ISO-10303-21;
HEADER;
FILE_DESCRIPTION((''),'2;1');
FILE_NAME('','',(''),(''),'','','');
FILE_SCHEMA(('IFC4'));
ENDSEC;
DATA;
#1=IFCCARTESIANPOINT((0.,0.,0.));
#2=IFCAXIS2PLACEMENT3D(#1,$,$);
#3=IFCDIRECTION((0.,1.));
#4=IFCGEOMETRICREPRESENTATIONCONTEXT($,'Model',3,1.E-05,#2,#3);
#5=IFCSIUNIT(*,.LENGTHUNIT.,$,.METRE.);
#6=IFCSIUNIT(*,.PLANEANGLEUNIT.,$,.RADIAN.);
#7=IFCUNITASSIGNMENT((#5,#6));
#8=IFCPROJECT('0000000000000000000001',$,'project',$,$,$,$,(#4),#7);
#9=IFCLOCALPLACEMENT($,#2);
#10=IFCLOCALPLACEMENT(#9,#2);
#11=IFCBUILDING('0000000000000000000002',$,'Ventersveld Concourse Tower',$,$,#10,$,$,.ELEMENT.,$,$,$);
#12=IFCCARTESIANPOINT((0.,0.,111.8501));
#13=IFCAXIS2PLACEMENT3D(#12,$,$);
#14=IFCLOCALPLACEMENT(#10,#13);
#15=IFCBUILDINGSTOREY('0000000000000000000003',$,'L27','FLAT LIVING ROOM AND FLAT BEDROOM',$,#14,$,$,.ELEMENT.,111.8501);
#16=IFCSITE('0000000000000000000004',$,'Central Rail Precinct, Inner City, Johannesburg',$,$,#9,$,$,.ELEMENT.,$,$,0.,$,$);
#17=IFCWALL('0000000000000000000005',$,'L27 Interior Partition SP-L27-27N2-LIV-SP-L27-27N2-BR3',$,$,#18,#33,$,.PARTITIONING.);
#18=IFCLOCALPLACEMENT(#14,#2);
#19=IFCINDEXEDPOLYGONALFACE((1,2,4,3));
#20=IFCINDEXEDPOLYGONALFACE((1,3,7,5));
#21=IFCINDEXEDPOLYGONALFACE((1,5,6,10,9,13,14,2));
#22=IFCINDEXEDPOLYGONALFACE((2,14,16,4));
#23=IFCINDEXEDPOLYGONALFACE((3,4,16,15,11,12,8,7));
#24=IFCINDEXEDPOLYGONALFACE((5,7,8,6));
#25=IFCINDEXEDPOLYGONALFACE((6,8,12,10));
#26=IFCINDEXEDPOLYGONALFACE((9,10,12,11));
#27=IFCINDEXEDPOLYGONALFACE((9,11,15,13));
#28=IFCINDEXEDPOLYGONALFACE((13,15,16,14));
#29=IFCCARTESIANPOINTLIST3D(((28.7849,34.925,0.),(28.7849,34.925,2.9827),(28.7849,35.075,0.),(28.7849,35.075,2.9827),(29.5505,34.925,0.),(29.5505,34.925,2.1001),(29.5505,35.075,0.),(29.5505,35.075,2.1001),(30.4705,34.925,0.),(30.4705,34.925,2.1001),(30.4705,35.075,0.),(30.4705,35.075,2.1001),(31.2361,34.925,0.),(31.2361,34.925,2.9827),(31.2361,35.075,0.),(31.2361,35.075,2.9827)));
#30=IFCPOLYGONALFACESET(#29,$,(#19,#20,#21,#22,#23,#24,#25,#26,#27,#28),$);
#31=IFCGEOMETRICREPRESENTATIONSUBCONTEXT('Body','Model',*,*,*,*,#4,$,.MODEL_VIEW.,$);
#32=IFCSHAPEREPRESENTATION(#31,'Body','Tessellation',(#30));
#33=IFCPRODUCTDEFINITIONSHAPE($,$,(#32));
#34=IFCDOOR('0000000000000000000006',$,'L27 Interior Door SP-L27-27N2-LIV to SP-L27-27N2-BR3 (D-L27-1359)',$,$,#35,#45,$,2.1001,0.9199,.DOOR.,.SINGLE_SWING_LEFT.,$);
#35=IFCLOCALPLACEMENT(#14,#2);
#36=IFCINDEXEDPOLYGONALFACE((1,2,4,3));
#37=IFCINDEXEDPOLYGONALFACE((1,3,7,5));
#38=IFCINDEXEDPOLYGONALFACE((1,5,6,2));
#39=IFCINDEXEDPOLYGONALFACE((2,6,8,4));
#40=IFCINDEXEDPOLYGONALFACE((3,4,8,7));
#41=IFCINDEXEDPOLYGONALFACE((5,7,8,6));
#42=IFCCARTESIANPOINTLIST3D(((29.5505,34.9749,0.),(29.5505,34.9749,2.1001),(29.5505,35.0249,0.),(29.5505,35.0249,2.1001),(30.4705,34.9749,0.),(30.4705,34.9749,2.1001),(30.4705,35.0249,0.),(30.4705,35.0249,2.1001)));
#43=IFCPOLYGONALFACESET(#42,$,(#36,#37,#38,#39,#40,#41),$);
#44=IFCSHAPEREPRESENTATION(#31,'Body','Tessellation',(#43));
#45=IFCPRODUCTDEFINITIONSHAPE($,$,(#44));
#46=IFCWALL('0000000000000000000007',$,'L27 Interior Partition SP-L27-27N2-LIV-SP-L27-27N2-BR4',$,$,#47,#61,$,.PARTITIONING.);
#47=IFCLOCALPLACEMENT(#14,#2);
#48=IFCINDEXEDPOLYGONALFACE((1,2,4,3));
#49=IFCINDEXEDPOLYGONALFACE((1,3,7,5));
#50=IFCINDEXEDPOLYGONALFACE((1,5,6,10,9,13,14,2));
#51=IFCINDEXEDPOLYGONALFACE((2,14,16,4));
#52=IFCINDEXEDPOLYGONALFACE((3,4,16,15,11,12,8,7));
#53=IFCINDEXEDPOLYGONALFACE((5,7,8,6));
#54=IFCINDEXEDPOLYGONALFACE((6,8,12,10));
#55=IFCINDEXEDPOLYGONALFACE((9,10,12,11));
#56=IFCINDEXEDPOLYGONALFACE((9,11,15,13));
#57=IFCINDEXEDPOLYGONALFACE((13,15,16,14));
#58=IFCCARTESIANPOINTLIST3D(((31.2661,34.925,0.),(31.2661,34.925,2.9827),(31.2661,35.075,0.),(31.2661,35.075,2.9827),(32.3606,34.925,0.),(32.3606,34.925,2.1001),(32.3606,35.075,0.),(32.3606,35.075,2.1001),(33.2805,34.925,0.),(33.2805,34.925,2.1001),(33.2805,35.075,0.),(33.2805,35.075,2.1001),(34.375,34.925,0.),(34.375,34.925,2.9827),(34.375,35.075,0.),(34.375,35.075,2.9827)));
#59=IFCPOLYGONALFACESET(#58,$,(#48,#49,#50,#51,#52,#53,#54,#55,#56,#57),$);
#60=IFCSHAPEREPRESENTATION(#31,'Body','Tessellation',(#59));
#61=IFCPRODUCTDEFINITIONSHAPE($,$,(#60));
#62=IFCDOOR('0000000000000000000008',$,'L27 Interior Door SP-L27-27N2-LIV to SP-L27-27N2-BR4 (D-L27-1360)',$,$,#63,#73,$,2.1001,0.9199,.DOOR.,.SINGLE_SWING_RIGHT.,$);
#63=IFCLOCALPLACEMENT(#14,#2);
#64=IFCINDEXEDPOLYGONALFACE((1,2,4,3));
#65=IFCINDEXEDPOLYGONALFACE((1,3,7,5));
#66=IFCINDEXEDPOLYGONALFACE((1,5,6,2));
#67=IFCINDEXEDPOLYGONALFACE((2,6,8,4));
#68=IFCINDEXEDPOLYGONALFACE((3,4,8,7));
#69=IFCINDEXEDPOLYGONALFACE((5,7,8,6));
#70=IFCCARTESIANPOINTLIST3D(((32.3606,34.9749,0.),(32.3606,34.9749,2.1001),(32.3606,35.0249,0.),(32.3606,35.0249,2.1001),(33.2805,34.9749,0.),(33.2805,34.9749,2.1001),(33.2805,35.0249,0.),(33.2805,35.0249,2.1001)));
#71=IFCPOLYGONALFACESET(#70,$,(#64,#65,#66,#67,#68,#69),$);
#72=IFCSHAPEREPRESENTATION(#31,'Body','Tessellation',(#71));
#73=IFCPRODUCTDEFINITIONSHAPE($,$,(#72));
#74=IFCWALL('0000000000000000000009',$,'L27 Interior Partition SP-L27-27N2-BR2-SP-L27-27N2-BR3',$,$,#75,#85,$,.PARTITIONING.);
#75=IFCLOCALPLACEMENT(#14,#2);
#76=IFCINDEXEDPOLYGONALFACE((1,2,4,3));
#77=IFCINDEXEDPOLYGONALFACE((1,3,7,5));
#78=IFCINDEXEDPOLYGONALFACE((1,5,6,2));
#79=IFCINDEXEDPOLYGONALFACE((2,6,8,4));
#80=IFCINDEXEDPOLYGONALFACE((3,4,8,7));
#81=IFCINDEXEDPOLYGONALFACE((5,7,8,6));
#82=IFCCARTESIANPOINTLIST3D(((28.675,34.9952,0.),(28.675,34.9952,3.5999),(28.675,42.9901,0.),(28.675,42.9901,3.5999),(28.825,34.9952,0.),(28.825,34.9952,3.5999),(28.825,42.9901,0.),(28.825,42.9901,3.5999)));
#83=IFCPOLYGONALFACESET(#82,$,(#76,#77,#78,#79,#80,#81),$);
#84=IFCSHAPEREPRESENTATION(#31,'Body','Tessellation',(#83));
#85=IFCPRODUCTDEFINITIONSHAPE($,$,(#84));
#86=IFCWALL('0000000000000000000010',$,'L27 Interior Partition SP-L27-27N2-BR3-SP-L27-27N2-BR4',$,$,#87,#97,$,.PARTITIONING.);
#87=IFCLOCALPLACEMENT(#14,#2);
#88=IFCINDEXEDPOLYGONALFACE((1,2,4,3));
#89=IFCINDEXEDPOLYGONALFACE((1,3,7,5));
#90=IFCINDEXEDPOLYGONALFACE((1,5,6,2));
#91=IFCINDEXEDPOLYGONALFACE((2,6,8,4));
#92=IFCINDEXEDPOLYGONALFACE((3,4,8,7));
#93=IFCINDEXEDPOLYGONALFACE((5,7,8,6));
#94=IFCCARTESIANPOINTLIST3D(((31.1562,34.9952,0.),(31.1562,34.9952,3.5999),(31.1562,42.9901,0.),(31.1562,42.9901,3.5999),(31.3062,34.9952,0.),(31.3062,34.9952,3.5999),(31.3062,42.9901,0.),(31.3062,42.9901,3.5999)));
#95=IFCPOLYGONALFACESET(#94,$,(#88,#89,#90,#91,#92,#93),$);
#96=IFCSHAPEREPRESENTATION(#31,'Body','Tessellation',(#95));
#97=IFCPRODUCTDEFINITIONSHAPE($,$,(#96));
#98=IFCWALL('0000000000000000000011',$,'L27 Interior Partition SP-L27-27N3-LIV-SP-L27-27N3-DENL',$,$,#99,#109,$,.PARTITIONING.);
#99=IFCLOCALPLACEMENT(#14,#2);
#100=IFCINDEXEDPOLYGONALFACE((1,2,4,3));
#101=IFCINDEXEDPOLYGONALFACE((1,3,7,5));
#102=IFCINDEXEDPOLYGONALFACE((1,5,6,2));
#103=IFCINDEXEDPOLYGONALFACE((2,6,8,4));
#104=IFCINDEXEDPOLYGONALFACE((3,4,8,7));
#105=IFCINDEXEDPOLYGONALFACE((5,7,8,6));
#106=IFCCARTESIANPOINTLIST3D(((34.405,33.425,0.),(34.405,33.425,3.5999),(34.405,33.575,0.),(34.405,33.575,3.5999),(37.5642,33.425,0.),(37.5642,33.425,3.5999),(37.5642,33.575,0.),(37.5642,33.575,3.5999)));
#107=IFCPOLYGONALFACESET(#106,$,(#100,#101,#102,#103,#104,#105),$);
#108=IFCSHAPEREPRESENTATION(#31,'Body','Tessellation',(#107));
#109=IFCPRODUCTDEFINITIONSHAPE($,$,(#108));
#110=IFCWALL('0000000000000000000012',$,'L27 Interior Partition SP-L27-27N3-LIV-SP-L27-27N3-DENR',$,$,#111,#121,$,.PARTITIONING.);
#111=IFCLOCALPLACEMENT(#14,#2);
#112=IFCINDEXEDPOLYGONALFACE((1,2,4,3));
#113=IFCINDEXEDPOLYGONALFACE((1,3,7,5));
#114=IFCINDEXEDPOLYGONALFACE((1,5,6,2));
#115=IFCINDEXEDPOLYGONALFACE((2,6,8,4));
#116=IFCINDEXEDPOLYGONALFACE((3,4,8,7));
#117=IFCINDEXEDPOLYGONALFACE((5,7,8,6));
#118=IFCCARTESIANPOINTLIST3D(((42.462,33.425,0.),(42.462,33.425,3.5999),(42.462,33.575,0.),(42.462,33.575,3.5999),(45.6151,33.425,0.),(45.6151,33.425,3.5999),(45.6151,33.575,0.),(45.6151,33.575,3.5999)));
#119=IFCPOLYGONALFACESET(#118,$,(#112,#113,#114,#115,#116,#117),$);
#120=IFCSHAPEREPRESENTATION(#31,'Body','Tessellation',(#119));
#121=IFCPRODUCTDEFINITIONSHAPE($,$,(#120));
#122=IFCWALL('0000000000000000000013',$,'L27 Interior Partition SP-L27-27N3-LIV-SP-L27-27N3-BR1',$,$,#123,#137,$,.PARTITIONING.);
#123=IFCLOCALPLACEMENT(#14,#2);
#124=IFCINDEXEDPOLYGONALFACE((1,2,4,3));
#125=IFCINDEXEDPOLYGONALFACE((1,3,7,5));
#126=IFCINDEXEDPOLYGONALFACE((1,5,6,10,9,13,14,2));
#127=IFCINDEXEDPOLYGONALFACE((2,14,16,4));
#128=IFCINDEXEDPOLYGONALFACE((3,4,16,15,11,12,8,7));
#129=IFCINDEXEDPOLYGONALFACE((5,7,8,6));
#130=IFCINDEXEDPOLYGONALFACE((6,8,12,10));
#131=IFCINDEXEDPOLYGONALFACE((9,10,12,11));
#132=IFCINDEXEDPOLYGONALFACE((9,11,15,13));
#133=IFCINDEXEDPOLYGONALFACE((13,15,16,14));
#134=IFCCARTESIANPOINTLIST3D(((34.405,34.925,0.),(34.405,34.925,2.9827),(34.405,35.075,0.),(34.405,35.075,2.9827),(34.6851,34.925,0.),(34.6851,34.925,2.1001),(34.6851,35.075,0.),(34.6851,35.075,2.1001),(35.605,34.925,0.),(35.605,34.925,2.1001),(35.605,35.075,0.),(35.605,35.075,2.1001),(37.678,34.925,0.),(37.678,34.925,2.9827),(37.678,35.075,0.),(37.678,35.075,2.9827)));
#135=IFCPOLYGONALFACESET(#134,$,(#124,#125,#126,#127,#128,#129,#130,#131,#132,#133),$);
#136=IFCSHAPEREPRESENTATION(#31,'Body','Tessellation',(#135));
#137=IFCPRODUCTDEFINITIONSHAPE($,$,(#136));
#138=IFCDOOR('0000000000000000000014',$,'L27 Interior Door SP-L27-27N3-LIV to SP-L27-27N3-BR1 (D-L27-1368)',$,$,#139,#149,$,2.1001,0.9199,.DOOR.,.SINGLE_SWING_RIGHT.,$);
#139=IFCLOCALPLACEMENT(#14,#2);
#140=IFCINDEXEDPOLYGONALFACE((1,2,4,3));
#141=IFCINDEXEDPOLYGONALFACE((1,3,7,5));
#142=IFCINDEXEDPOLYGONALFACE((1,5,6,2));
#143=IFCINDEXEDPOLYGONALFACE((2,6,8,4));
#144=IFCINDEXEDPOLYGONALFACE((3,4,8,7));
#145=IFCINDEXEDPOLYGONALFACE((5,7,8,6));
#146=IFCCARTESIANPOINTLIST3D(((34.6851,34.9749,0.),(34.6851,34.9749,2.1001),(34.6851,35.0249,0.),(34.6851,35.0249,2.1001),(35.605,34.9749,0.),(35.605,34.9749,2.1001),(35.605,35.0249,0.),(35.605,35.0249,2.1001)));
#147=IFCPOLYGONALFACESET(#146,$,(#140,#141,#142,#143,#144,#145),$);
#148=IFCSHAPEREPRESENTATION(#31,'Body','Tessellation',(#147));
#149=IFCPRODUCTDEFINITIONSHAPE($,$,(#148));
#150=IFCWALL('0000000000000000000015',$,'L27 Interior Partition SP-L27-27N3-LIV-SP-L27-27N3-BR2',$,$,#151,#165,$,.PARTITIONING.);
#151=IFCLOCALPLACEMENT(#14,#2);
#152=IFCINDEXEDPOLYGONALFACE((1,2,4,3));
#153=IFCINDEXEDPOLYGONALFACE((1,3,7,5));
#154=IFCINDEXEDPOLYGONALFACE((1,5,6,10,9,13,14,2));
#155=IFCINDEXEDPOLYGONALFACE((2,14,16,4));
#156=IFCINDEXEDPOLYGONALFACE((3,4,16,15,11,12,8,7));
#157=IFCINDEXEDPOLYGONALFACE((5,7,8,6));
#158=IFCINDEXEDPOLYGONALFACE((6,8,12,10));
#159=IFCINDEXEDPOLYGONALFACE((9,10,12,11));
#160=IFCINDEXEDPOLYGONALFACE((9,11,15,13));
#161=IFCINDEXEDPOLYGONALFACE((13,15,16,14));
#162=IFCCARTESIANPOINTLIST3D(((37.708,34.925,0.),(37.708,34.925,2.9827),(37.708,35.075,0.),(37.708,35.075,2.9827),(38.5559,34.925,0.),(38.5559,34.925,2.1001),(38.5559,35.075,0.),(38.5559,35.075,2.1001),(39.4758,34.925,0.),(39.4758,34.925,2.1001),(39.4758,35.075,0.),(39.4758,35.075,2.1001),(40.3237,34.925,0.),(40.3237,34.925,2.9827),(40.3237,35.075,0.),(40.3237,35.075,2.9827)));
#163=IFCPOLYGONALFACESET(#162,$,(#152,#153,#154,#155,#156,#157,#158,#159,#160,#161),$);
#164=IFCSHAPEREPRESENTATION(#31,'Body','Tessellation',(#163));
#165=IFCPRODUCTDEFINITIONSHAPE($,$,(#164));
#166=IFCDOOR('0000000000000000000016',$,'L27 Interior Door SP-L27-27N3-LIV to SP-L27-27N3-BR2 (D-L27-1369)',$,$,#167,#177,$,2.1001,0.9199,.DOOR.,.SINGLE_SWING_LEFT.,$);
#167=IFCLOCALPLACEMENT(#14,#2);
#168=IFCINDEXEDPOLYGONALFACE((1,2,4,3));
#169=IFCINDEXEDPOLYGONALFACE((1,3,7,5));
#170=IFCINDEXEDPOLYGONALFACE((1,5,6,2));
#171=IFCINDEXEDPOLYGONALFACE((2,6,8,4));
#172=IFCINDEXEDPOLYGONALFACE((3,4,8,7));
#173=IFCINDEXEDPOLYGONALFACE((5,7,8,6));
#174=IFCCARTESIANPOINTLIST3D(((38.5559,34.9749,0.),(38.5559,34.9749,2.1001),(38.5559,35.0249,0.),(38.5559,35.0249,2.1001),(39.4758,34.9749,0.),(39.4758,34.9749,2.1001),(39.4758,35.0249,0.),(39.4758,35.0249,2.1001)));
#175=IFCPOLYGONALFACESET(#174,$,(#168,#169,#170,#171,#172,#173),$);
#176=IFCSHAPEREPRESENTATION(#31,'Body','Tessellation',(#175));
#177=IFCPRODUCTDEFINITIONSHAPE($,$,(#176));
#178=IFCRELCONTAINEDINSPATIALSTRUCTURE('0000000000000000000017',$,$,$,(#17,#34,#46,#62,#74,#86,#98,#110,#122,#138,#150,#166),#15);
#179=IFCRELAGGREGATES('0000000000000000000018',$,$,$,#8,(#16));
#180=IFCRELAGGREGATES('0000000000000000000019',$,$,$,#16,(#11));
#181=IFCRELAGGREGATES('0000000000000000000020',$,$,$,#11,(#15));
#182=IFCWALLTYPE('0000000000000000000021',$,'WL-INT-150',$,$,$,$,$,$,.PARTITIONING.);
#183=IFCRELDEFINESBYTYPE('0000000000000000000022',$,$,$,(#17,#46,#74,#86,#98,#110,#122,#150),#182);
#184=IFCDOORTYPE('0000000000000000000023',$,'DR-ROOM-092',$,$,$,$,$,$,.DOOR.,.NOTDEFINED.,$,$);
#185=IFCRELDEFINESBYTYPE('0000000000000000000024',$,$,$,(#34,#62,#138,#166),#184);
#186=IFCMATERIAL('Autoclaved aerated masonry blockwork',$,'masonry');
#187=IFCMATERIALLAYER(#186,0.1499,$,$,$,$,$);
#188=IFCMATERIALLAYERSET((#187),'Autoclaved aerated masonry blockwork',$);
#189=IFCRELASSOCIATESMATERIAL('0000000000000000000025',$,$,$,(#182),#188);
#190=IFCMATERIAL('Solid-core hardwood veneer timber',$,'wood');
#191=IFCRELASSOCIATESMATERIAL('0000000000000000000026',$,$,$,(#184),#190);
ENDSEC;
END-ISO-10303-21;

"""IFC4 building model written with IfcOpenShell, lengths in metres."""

from ifc_helpers import new_model, si_unit, direction, frame, frame_2d, origin, place, context, subcontext, project, spatial, rectangle, extrude, material, layer, layer_set, type_object, element, fill, save


model = new_model("IFC4")

# Units and contexts
model_context = context("Model", 3, precision=1e-05, world=origin(), true_north=direction((0.0, 1.0)))
body_context = subcontext(model_context, "Body", "Model", "MODEL_VIEW")
ifc_project = project(units=[si_unit("LENGTHUNIT", "METRE"), si_unit("PLANEANGLEUNIT", "RADIAN")], contexts=[model_context])

# Site, building, storey
site_placement = place(None, origin())
site = spatial("IfcSite", under=ifc_project, at=site_placement, Name="Central Rail Precinct, Inner City, Johannesburg", CompositionType="ELEMENT", RefElevation=0.0)
building_placement = place(site_placement, origin())
building = spatial("IfcBuilding", under=site, at=building_placement, Name="Ventersveld Concourse Tower", CompositionType="ELEMENT")
storey_placement = place(building_placement, frame((0.0, 0.0, 111.8501)))
storey = spatial("IfcBuildingStorey", under=building, at=storey_placement, Name="L27", Description="FLAT LIVING ROOM AND FLAT BEDROOM", CompositionType="ELEMENT", Elevation=111.8501)

# Shared definitions
ifc_material_1 = material(Name="Autoclaved aerated masonry blockwork", Category="masonry")
ifc_layer_1 = layer(ifc_material_1, 0.1499)
ifc_layer_set_1 = layer_set([ifc_layer_1], Name="Autoclaved aerated masonry blockwork")
wall_type_1 = type_object("IfcWallType", Name="WL-INT-150", PredefinedType="PARTITIONING", material=ifc_layer_set_1)

# Walls, openings, doors
wall_1_placement = place(storey_placement, frame((28.7849, 35.0, 0.0), z_axis=(0.0, 0.0, 1.0), x_axis=(1.0, 0.0, 0.0)))
wall_1 = element("IfcWall", 1, at=wall_1_placement, inside=storey, type_object=wall_type_1, Name="L27 Interior Partition SP-L27-27N2-LIV-SP-L27-27N2-BR3", PredefinedType="PARTITIONING", context=body_context, shape_type="SweptSolid", body=[
    extrude(rectangle(XDim=2.4512, YDim=0.1499, at=frame_2d((1.2256, 0.0))), origin(), (0.0, 0.0, 1.0), 2.9827),
])
opening_1_placement = place(wall_1_placement, frame((0.7656, 0.0, 0.0)))
opening_1 = element("IfcOpeningElement", 2, at=opening_1_placement, cuts=wall_1, PredefinedType="OPENING", context=body_context, shape_type="SweptSolid", body=[
    extrude(rectangle(XDim=0.9199, YDim=2.1001, at=frame_2d((0.46, 1.05))), frame((0.0, 0.085, 0.0), z_axis=(0.0, -1.0, 0.0), x_axis=(1.0, 0.0, 0.0)), (0.0, 0.0, 1.0), 0.1699),
])
ifc_material_2 = material(Name="Solid-core hardwood veneer timber", Category="wood")
door_type = type_object("IfcDoorType", Name="DR-ROOM-092", OperationType="NOTDEFINED", PredefinedType="DOOR", material=ifc_material_2)
door_1_placement = place(opening_1_placement, origin())
door_1 = element("IfcDoor", 3, at=door_1_placement, inside=storey, type_object=door_type, Name="L27 Interior Door SP-L27-27N2-LIV to SP-L27-27N2-BR3 (D-L27-1359)", OperationType="SINGLE_SWING_LEFT", OverallHeight=2.1001, OverallWidth=0.9199, PredefinedType="DOOR", context=body_context, shape_type="SweptSolid", body=[
    extrude(rectangle(XDim=0.9199, YDim=2.1001, at=frame_2d((0.46, 1.05))), frame((0.0, 0.0249, 0.0), z_axis=(0.0, -1.0, 0.0), x_axis=(1.0, 0.0, 0.0)), (0.0, 0.0, 1.0), 0.05),
])
fill(opening_1, door_1)
wall_2_placement = place(storey_placement, frame((31.2661, 35.0, 0.0), z_axis=(0.0, 0.0, 1.0), x_axis=(1.0, 0.0, 0.0)))
wall_2 = element("IfcWall", 4, at=wall_2_placement, inside=storey, type_object=wall_type_1, Name="L27 Interior Partition SP-L27-27N2-LIV-SP-L27-27N2-BR4", PredefinedType="PARTITIONING", context=body_context, shape_type="SweptSolid", body=[
    extrude(rectangle(XDim=3.1089, YDim=0.1499, at=frame_2d((1.5544, 0.0))), origin(), (0.0, 0.0, 1.0), 2.9827),
])
opening_2_placement = place(wall_2_placement, frame((1.0945, 0.0, 0.0)))
opening_2 = element("IfcOpeningElement", 5, at=opening_2_placement, cuts=wall_2, PredefinedType="OPENING", context=body_context, shape_type="SweptSolid", body=[
    extrude(rectangle(XDim=0.9199, YDim=2.1001, at=frame_2d((0.46, 1.05))), frame((0.0, 0.085, 0.0), z_axis=(0.0, -1.0, 0.0), x_axis=(1.0, 0.0, 0.0)), (0.0, 0.0, 1.0), 0.1699),
])
door_2_placement = place(opening_2_placement, origin())
door_2 = element("IfcDoor", 6, at=door_2_placement, inside=storey, type_object=door_type, Name="L27 Interior Door SP-L27-27N2-LIV to SP-L27-27N2-BR4 (D-L27-1360)", OperationType="SINGLE_SWING_RIGHT", OverallHeight=2.1001, OverallWidth=0.9199, PredefinedType="DOOR", context=body_context, shape_type="SweptSolid", body=[
    extrude(rectangle(XDim=0.9199, YDim=2.1001, at=frame_2d((0.46, 1.05))), frame((0.0, 0.0249, 0.0), z_axis=(0.0, -1.0, 0.0), x_axis=(1.0, 0.0, 0.0)), (0.0, 0.0, 1.0), 0.05),
])
fill(opening_2, door_2)

# Walls
for number, where, z_axis, x_axis, name in (
    (7, (28.75, 34.9951, 0.0), (0.0, 0.0, 1.0), (0.0, 1.0, 0.0), "L27 Interior Partition SP-L27-27N2-BR2-SP-L27-27N2-BR3"),
    (8, (31.2312, 34.9951, 0.0), (0.0, 0.0, 1.0), (0.0, 1.0, 0.0), "L27 Interior Partition SP-L27-27N2-BR3-SP-L27-27N2-BR4"),
):
    element("IfcWall", number, at=place(storey_placement, frame(where, z_axis=z_axis, x_axis=x_axis)), inside=storey, type_object=wall_type_1, Name=name, PredefinedType="PARTITIONING", context=body_context, shape_type="SweptSolid", body=[
        extrude(rectangle(XDim=7.9949, YDim=0.1499, at=frame_2d((3.9976, 0.0))), origin(), (0.0, 0.0, 1.0), 3.5999),
    ])
wall_3_placement = place(storey_placement, frame((34.405, 33.5, 0.0), z_axis=(0.0, 0.0, 1.0), x_axis=(1.0, 0.0, 0.0)))
element("IfcWall", 9, at=wall_3_placement, inside=storey, type_object=wall_type_1, Name="L27 Interior Partition SP-L27-27N3-LIV-SP-L27-27N3-DENL", PredefinedType="PARTITIONING", context=body_context, shape_type="SweptSolid", body=[
    extrude(rectangle(XDim=3.1592, YDim=0.1499, at=frame_2d((1.5796, 0.0))), origin(), (0.0, 0.0, 1.0), 3.5999),
])
wall_4_placement = place(storey_placement, frame((42.4619, 33.5, 0.0), z_axis=(0.0, 0.0, 1.0), x_axis=(1.0, 0.0, 0.0)))
element("IfcWall", 10, at=wall_4_placement, inside=storey, type_object=wall_type_1, Name="L27 Interior Partition SP-L27-27N3-LIV-SP-L27-27N3-DENR", PredefinedType="PARTITIONING", context=body_context, shape_type="SweptSolid", body=[
    extrude(rectangle(XDim=3.1531, YDim=0.1499, at=frame_2d((1.5767, 0.0))), origin(), (0.0, 0.0, 1.0), 3.5999),
])

# Walls, openings, doors
wall_5_placement = place(storey_placement, frame((34.405, 35.0, 0.0), z_axis=(0.0, 0.0, 1.0), x_axis=(1.0, 0.0, 0.0)))
wall_5 = element("IfcWall", 11, at=wall_5_placement, inside=storey, type_object=wall_type_1, Name="L27 Interior Partition SP-L27-27N3-LIV-SP-L27-27N3-BR1", PredefinedType="PARTITIONING", context=body_context, shape_type="SweptSolid", body=[
    extrude(rectangle(XDim=3.2729, YDim=0.1499, at=frame_2d((1.6365, 0.0))), origin(), (0.0, 0.0, 1.0), 2.9827),
])
opening_3_placement = place(wall_5_placement, frame((0.28, 0.0, 0.0)))
opening_3 = element("IfcOpeningElement", 12, at=opening_3_placement, cuts=wall_5, PredefinedType="OPENING", context=body_context, shape_type="SweptSolid", body=[
    extrude(rectangle(XDim=0.9199, YDim=2.1001, at=frame_2d((0.46, 1.05))), frame((0.0, 0.085, 0.0), z_axis=(0.0, -1.0, 0.0), x_axis=(1.0, 0.0, 0.0)), (0.0, 0.0, 1.0), 0.1699),
])
door_3_placement = place(opening_3_placement, origin())
door_3 = element("IfcDoor", 13, at=door_3_placement, inside=storey, type_object=door_type, Name="L27 Interior Door SP-L27-27N3-LIV to SP-L27-27N3-BR1 (D-L27-1368)", OperationType="SINGLE_SWING_RIGHT", OverallHeight=2.1001, OverallWidth=0.9199, PredefinedType="DOOR", context=body_context, shape_type="SweptSolid", body=[
    extrude(rectangle(XDim=0.9199, YDim=2.1001, at=frame_2d((0.46, 1.05))), frame((0.0, 0.0249, 0.0), z_axis=(0.0, -1.0, 0.0), x_axis=(1.0, 0.0, 0.0)), (0.0, 0.0, 1.0), 0.05),
])
fill(opening_3, door_3)
wall_6_placement = place(storey_placement, frame((37.708, 35.0, 0.0), z_axis=(0.0, 0.0, 1.0), x_axis=(1.0, 0.0, 0.0)))
wall_6 = element("IfcWall", 14, at=wall_6_placement, inside=storey, type_object=wall_type_1, Name="L27 Interior Partition SP-L27-27N3-LIV-SP-L27-27N3-BR2", PredefinedType="PARTITIONING", context=body_context, shape_type="SweptSolid", body=[
    extrude(rectangle(XDim=2.6157, YDim=0.1499, at=frame_2d((1.3079, 0.0))), origin(), (0.0, 0.0, 1.0), 2.9827),
])
opening_4_placement = place(wall_6_placement, frame((0.8479, 0.0, 0.0)))
opening_4 = element("IfcOpeningElement", 15, at=opening_4_placement, cuts=wall_6, PredefinedType="OPENING", context=body_context, shape_type="SweptSolid", body=[
    extrude(rectangle(XDim=0.9199, YDim=2.1001, at=frame_2d((0.46, 1.05))), frame((0.0, 0.085, 0.0), z_axis=(0.0, -1.0, 0.0), x_axis=(1.0, 0.0, 0.0)), (0.0, 0.0, 1.0), 0.1699),
])
door_4_placement = place(opening_4_placement, origin())
door_4 = element("IfcDoor", 16, at=door_4_placement, inside=storey, type_object=door_type, Name="L27 Interior Door SP-L27-27N3-LIV to SP-L27-27N3-BR2 (D-L27-1369)", OperationType="SINGLE_SWING_LEFT", OverallHeight=2.1001, OverallWidth=0.9199, PredefinedType="DOOR", context=body_context, shape_type="SweptSolid", body=[
    extrude(rectangle(XDim=0.9199, YDim=2.1001, at=frame_2d((0.46, 1.05))), frame((0.0, 0.0249, 0.0), z_axis=(0.0, -1.0, 0.0), x_axis=(1.0, 0.0, 0.0)), (0.0, 0.0, 1.0), 0.05),
])
fill(opening_4, door_4)

save(model, "model.ifc")
